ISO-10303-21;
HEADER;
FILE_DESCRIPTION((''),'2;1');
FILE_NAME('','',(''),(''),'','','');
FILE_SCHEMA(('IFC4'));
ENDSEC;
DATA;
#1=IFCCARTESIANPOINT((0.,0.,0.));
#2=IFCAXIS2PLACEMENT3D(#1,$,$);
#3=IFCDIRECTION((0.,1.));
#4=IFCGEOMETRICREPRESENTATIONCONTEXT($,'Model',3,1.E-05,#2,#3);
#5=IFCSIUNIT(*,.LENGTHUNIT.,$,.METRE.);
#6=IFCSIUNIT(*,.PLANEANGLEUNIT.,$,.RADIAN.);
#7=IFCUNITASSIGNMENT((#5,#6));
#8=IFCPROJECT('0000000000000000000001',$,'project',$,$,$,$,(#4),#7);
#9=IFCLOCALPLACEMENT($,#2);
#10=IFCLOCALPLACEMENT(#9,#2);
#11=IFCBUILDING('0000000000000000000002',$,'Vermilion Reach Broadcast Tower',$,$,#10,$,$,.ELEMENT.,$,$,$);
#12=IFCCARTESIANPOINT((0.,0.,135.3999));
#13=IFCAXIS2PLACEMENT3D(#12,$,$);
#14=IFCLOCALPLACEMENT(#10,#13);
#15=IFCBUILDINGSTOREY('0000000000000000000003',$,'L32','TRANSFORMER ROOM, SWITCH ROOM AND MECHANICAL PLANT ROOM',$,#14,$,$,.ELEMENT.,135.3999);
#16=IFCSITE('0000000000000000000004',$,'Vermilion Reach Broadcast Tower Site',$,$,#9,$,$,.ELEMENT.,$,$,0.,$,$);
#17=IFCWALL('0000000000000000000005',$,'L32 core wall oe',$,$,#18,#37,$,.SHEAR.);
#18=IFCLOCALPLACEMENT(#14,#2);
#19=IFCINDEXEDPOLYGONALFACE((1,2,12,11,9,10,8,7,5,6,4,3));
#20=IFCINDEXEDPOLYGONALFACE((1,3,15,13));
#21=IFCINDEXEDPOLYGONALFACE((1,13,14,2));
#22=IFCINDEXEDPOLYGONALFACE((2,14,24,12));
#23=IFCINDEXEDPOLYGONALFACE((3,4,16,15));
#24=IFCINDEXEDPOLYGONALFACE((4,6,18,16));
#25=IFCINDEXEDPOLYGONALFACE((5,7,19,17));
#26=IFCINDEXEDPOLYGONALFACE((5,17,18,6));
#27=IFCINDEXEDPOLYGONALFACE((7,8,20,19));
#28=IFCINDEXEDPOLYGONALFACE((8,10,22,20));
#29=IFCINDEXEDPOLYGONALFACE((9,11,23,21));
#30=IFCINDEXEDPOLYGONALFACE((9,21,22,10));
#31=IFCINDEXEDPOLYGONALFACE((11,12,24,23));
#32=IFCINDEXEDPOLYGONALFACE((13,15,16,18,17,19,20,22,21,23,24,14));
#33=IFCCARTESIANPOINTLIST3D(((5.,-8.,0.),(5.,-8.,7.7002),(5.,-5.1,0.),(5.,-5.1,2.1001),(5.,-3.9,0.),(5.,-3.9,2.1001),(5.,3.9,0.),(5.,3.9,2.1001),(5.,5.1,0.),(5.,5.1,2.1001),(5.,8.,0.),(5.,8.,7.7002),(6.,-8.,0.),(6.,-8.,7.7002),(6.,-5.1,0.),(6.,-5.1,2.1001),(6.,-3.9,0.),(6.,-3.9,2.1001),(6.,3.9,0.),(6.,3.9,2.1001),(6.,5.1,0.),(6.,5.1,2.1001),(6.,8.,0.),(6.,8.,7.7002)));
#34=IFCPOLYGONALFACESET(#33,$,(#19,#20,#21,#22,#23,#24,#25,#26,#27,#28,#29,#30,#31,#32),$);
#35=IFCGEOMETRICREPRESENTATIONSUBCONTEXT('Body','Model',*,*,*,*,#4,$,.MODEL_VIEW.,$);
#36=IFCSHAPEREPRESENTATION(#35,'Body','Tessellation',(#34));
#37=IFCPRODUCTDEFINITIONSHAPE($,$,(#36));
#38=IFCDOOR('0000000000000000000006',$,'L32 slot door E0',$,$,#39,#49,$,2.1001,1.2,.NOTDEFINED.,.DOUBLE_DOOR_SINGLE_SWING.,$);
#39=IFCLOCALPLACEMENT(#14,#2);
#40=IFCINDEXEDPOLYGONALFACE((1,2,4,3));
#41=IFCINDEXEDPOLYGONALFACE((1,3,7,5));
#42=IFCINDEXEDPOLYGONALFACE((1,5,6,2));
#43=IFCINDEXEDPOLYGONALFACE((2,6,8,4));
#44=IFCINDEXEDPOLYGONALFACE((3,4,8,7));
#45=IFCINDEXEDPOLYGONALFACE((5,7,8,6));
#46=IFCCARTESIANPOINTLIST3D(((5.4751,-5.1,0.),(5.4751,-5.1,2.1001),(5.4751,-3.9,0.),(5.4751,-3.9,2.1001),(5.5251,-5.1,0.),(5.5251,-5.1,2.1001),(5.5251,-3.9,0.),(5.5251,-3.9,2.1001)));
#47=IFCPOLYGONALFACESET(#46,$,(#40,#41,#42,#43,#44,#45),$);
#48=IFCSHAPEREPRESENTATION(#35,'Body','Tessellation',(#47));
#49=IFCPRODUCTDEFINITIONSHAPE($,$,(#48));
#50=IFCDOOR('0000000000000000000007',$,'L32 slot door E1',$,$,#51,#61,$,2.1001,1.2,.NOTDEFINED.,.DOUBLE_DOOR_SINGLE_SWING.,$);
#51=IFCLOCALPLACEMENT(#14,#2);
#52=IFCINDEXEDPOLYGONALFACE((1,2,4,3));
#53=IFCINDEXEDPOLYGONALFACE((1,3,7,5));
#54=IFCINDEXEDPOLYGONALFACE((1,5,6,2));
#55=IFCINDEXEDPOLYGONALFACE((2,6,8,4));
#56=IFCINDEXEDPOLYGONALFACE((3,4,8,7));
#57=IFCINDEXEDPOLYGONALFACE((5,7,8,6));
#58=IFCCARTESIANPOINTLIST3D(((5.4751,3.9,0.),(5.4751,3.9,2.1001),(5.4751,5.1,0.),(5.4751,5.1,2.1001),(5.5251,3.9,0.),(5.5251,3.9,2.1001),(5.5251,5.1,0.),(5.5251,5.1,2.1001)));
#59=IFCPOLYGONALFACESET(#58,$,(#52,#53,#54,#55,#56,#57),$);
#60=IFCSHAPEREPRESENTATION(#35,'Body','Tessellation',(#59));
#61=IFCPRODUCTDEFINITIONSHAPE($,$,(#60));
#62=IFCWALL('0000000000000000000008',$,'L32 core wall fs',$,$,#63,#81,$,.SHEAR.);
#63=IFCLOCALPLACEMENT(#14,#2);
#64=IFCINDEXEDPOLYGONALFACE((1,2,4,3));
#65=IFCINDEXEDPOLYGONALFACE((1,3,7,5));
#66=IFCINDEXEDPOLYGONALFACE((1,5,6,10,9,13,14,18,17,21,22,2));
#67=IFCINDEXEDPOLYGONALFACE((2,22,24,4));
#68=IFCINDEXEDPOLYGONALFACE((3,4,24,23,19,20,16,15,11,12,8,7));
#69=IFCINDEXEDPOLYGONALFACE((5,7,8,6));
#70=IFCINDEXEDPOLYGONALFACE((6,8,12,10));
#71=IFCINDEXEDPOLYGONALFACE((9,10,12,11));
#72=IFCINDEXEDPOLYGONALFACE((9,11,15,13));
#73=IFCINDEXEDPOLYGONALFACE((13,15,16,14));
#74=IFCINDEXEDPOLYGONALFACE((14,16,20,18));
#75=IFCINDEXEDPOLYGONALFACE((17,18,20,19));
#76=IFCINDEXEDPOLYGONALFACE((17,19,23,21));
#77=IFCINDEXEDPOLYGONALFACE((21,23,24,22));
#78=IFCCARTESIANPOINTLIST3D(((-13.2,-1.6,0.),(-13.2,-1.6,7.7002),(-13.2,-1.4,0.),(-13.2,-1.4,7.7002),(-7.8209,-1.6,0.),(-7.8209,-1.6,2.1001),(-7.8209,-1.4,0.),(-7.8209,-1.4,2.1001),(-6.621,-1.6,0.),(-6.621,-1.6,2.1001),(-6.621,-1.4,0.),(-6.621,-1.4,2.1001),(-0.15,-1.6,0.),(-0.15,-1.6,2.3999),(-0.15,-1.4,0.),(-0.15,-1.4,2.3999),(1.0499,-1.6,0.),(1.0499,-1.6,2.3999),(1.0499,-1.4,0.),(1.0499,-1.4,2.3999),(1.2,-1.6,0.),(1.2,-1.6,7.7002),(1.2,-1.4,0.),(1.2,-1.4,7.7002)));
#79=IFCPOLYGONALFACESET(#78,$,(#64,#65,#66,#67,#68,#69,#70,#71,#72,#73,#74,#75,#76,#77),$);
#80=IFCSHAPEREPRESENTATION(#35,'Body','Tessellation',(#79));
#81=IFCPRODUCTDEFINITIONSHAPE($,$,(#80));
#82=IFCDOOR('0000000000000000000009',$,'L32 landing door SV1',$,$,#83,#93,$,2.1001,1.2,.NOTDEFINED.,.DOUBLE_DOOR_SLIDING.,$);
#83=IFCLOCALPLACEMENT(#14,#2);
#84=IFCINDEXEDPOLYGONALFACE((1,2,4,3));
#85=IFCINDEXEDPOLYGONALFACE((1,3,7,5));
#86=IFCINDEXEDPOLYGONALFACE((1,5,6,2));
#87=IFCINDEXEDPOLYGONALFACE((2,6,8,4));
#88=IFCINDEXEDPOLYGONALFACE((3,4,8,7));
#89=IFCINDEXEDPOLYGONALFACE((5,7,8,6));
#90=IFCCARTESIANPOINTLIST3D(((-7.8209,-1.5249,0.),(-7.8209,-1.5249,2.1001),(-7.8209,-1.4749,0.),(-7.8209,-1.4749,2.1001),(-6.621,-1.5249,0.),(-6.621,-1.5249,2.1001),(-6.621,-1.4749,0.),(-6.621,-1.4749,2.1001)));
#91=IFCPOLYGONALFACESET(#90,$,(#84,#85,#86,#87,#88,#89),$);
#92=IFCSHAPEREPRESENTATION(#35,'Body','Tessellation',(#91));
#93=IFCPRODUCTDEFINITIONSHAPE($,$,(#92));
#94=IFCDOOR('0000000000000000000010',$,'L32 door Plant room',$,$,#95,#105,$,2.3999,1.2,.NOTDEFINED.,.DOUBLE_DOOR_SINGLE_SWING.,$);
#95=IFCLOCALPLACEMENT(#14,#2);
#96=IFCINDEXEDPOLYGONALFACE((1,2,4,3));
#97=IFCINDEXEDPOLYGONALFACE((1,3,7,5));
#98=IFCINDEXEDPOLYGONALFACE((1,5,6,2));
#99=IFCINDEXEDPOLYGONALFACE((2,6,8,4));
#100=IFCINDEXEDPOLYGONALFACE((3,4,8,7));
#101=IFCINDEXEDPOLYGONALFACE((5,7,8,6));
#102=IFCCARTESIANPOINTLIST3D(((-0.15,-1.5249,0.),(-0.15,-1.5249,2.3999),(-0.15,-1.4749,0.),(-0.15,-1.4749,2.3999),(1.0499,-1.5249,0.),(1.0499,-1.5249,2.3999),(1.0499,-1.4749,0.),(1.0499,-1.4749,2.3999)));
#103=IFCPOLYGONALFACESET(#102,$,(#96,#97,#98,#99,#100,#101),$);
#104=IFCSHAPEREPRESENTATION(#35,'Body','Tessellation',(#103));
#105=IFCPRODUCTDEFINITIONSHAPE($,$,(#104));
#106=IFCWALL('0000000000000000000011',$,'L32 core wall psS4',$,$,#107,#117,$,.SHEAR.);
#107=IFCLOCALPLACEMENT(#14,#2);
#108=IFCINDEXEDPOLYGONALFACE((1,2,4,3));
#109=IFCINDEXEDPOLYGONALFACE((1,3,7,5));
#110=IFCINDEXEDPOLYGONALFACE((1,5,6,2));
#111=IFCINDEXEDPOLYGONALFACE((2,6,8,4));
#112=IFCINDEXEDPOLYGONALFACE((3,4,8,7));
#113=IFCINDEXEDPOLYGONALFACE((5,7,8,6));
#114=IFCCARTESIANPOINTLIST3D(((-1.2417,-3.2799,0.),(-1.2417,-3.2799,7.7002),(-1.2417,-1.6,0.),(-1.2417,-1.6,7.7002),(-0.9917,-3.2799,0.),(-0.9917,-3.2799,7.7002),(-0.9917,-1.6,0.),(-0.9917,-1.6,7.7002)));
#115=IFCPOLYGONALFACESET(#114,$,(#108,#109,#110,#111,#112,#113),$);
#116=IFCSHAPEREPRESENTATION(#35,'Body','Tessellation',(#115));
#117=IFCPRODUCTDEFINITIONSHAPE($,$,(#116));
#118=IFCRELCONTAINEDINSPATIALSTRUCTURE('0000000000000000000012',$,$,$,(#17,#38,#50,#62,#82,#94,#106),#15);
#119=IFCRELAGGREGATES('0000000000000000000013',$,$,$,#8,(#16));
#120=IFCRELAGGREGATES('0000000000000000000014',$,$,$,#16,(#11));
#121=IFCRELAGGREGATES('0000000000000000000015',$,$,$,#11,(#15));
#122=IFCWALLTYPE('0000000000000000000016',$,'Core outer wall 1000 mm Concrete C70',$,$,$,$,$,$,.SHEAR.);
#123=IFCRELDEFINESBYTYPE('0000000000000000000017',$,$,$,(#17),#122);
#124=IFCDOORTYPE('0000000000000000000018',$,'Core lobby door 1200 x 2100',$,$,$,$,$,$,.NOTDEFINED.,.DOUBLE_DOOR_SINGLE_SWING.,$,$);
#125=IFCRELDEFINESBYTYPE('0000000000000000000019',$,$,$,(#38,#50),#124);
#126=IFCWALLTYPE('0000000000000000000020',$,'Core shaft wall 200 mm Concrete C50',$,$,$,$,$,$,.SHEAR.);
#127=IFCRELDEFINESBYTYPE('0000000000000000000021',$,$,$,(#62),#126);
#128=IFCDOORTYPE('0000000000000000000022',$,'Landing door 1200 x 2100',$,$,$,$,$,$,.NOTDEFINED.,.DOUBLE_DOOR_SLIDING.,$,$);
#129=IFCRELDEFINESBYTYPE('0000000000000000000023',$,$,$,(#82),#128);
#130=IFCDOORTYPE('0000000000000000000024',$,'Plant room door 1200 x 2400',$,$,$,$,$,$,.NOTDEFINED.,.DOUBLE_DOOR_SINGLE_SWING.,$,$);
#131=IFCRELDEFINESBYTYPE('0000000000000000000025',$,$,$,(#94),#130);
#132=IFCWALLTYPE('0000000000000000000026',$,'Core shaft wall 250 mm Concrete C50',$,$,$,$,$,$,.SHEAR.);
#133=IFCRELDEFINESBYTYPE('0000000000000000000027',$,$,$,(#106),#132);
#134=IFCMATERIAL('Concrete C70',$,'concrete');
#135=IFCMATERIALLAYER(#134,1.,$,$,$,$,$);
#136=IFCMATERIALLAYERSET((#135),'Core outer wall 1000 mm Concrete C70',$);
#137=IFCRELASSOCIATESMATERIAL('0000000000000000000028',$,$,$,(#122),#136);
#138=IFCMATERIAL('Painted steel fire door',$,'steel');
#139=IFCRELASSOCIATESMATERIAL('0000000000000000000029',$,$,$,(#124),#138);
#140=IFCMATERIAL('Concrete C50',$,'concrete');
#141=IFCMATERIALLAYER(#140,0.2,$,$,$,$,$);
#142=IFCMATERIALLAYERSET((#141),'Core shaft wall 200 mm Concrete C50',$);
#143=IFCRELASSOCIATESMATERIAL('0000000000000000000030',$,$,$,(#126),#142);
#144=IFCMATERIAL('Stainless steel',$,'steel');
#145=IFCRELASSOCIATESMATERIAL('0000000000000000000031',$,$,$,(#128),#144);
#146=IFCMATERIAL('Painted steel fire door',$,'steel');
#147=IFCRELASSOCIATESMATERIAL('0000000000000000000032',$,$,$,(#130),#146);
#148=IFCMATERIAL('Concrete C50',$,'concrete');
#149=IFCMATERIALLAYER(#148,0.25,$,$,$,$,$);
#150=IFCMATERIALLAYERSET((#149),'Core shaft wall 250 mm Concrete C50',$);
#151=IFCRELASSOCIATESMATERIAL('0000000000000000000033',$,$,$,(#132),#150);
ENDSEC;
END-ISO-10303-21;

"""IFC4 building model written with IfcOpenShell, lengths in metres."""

from ifc_helpers import new_model, si_unit, direction, frame, frame_2d, origin, place, context, subcontext, project, spatial, rectangle, extrude, material, layer, layer_set, type_object, element, fill, save


model = new_model("IFC4")

# Units and contexts
model_context = context("Model", 3, precision=1e-05, world=origin(), true_north=direction((0.0, 1.0)))
body_context = subcontext(model_context, "Body", "Model", "MODEL_VIEW")
ifc_project = project(units=[si_unit("LENGTHUNIT", "METRE"), si_unit("PLANEANGLEUNIT", "RADIAN")], contexts=[model_context])

# Site, building, storey
site_placement = place(None, origin())
site = spatial("IfcSite", under=ifc_project, at=site_placement, Name="Vermilion Reach Broadcast Tower Site", CompositionType="ELEMENT", RefElevation=0.0)
building_placement = place(site_placement, origin())
building = spatial("IfcBuilding", under=site, at=building_placement, Name="Vermilion Reach Broadcast Tower", CompositionType="ELEMENT")
storey_placement = place(building_placement, frame((0.0, 0.0, 135.3999)))
storey = spatial("IfcBuildingStorey", under=building, at=storey_placement, Name="L32", Description="TRANSFORMER ROOM, SWITCH ROOM AND MECHANICAL PLANT ROOM", CompositionType="ELEMENT", Elevation=135.3999)

# Walls, openings, doors
ifc_material_1 = material(Name="Concrete C70", Category="concrete")
ifc_layer_1 = layer(ifc_material_1, 1.0)
ifc_layer_set_1 = layer_set([ifc_layer_1], Name="Core outer wall 1000 mm Concrete C70")
wall_type_1 = type_object("IfcWallType", Name="Core outer wall 1000 mm Concrete C70", PredefinedType="SHEAR", material=ifc_layer_set_1)
wall_1_placement = place(storey_placement, frame((5.5, -8.0, 0.0), z_axis=(0.0, 0.0, 1.0), x_axis=(0.0, 1.0, 0.0)))
wall_1 = element("IfcWall", 1, at=wall_1_placement, inside=storey, type_object=wall_type_1, Name="L32 core wall oe", PredefinedType="SHEAR", context=body_context, shape_type="SweptSolid", body=[
    extrude(rectangle(XDim=16.0, YDim=1.0, at=frame_2d((8.0, 0.0))), origin(), (0.0, 0.0, 1.0), 7.7002),
])
opening_1_placement = place(wall_1_placement, frame((2.8999, 0.0, 0.0)))
opening_1 = element("IfcOpeningElement", 2, at=opening_1_placement, cuts=wall_1, PredefinedType="OPENING", context=body_context, shape_type="SweptSolid", body=[
    extrude(rectangle(XDim=1.2, YDim=2.1001, at=frame_2d((0.6001, 1.05))), frame((0.0, 0.51, 0.0), z_axis=(0.0, -1.0, 0.0), x_axis=(1.0, 0.0, 0.0)), (0.0, 0.0, 1.0), 1.02),
])
opening_2_placement = place(wall_1_placement, frame((11.8999, 0.0, 0.0)))
opening_2 = element("IfcOpeningElement", 3, at=opening_2_placement, cuts=wall_1, PredefinedType="OPENING", context=body_context, shape_type="SweptSolid", body=[
    extrude(rectangle(XDim=1.2, YDim=2.1001, at=frame_2d((0.6001, 1.05))), frame((0.0, 0.51, 0.0), z_axis=(0.0, -1.0, 0.0), x_axis=(1.0, 0.0, 0.0)), (0.0, 0.0, 1.0), 1.02),
])
ifc_material_2 = material(Name="Painted steel fire door", Category="steel")
door_type_1 = type_object("IfcDoorType", Name="Core lobby door 1200 x 2100", OperationType="DOUBLE_DOOR_SINGLE_SWING", PredefinedType="NOTDEFINED", material=ifc_material_2)
door_1_placement = place(opening_1_placement, origin())
door_1 = element("IfcDoor", 4, at=door_1_placement, inside=storey, type_object=door_type_1, Name="L32 slot door E0", OperationType="DOUBLE_DOOR_SINGLE_SWING", OverallHeight=2.1001, OverallWidth=1.2, PredefinedType="NOTDEFINED", context=body_context, shape_type="SweptSolid", body=[
    extrude(rectangle(XDim=1.2, YDim=2.1001, at=frame_2d((0.6001, 1.05))), frame((0.0, 0.0249, 0.0), z_axis=(0.0, -1.0, 0.0), x_axis=(1.0, 0.0, 0.0)), (0.0, 0.0, 1.0), 0.05),
])
fill(opening_1, door_1)
door_2_placement = place(opening_2_placement, origin())
door_2 = element("IfcDoor", 5, at=door_2_placement, inside=storey, type_object=door_type_1, Name="L32 slot door E1", OperationType="DOUBLE_DOOR_SINGLE_SWING", OverallHeight=2.1001, OverallWidth=1.2, PredefinedType="NOTDEFINED", context=body_context, shape_type="SweptSolid", body=[
    extrude(rectangle(XDim=1.2, YDim=2.1001, at=frame_2d((0.6001, 1.05))), frame((0.0, 0.0249, 0.0), z_axis=(0.0, -1.0, 0.0), x_axis=(1.0, 0.0, 0.0)), (0.0, 0.0, 1.0), 0.05),
])
fill(opening_2, door_2)
ifc_material_3 = material(Name="Concrete C50", Category="concrete")
ifc_layer_2 = layer(ifc_material_3, 0.2)
ifc_layer_set_2 = layer_set([ifc_layer_2], Name="Core shaft wall 200 mm Concrete C50")
wall_type_2 = type_object("IfcWallType", Name="Core shaft wall 200 mm Concrete C50", PredefinedType="SHEAR", material=ifc_layer_set_2)
wall_2_placement = place(storey_placement, frame((1.2, -1.5, 0.0), z_axis=(0.0, 0.0, 1.0), x_axis=(-1.0, 0.0, 0.0)))
wall_2 = element("IfcWall", 6, at=wall_2_placement, inside=storey, type_object=wall_type_2, Name="L32 core wall fs", PredefinedType="SHEAR", context=body_context, shape_type="SweptSolid", body=[
    extrude(rectangle(XDim=14.3999, YDim=0.2, at=frame_2d((7.2, 0.0))), origin(), (0.0, 0.0, 1.0), 7.7002),
])
opening_3_placement = place(wall_2_placement, frame((7.8208, 0.0, 0.0)))
opening_3 = element("IfcOpeningElement", 7, at=opening_3_placement, cuts=wall_2, PredefinedType="OPENING", context=body_context, shape_type="SweptSolid", body=[
    extrude(rectangle(XDim=1.2, YDim=2.1001, at=frame_2d((0.6001, 1.05))), frame((0.0, 0.1099, 0.0), z_axis=(0.0, -1.0, 0.0), x_axis=(1.0, 0.0, 0.0)), (0.0, 0.0, 1.0), 0.22),
])
opening_4_placement = place(wall_2_placement, frame((0.1499, 0.0, 0.0)))
opening_4 = element("IfcOpeningElement", 8, at=opening_4_placement, cuts=wall_2, PredefinedType="OPENING", context=body_context, shape_type="SweptSolid", body=[
    extrude(rectangle(XDim=1.2, YDim=2.3999, at=frame_2d((0.6001, 1.2))), frame((0.0, 0.1099, 0.0), z_axis=(0.0, -1.0, 0.0), x_axis=(1.0, 0.0, 0.0)), (0.0, 0.0, 1.0), 0.22),
])
ifc_material_4 = material(Name="Stainless steel", Category="steel")
door_type_2 = type_object("IfcDoorType", Name="Landing door 1200 x 2100", OperationType="DOUBLE_DOOR_SLIDING", PredefinedType="NOTDEFINED", material=ifc_material_4)
door_3_placement = place(opening_3_placement, origin())
door_3 = element("IfcDoor", 9, at=door_3_placement, inside=storey, type_object=door_type_2, Name="L32 landing door SV1", OperationType="DOUBLE_DOOR_SLIDING", OverallHeight=2.1001, OverallWidth=1.2, PredefinedType="NOTDEFINED", context=body_context, shape_type="SweptSolid", body=[
    extrude(rectangle(XDim=1.2, YDim=2.1001, at=frame_2d((0.6001, 1.05))), frame((0.0, 0.0249, 0.0), z_axis=(0.0, -1.0, 0.0), x_axis=(1.0, 0.0, 0.0)), (0.0, 0.0, 1.0), 0.05),
])
fill(opening_3, door_3)
ifc_material_5 = material(Name="Painted steel fire door", Category="steel")
door_type_3 = type_object("IfcDoorType", Name="Plant room door 1200 x 2400", OperationType="DOUBLE_DOOR_SINGLE_SWING", PredefinedType="NOTDEFINED", material=ifc_material_5)
door_4_placement = place(opening_4_placement, origin())
door_4 = element("IfcDoor", 10, at=door_4_placement, inside=storey, type_object=door_type_3, Name="L32 door Plant room", OperationType="DOUBLE_DOOR_SINGLE_SWING", OverallHeight=2.3999, OverallWidth=1.2, PredefinedType="NOTDEFINED", context=body_context, shape_type="SweptSolid", body=[
    extrude(rectangle(XDim=1.2, YDim=2.3999, at=frame_2d((0.6001, 1.2))), frame((0.0, 0.0249, 0.0), z_axis=(0.0, -1.0, 0.0), x_axis=(1.0, 0.0, 0.0)), (0.0, 0.0, 1.0), 0.05),
])
fill(opening_4, door_4)

# Wall
ifc_material_6 = material(Name="Concrete C50", Category="concrete")
ifc_layer_3 = layer(ifc_material_6, 0.25)
ifc_layer_set_3 = layer_set([ifc_layer_3], Name="Core shaft wall 250 mm Concrete C50")
wall_type_3 = type_object("IfcWallType", Name="Core shaft wall 250 mm Concrete C50", PredefinedType="SHEAR", material=ifc_layer_set_3)
wall_3_placement = place(storey_placement, frame((-1.1167, -1.6001, 0.0), z_axis=(0.0, 0.0, 1.0), x_axis=(0.0, -1.0, 0.0)))
element("IfcWall", 11, at=wall_3_placement, inside=storey, type_object=wall_type_3, Name="L32 core wall psS4", PredefinedType="SHEAR", context=body_context, shape_type="SweptSolid", body=[
    extrude(rectangle(XDim=1.6799, YDim=0.25, at=frame_2d((0.8398, 0.0))), origin(), (0.0, 0.0, 1.0), 7.7002),
])

save(model, "model.ifc")
